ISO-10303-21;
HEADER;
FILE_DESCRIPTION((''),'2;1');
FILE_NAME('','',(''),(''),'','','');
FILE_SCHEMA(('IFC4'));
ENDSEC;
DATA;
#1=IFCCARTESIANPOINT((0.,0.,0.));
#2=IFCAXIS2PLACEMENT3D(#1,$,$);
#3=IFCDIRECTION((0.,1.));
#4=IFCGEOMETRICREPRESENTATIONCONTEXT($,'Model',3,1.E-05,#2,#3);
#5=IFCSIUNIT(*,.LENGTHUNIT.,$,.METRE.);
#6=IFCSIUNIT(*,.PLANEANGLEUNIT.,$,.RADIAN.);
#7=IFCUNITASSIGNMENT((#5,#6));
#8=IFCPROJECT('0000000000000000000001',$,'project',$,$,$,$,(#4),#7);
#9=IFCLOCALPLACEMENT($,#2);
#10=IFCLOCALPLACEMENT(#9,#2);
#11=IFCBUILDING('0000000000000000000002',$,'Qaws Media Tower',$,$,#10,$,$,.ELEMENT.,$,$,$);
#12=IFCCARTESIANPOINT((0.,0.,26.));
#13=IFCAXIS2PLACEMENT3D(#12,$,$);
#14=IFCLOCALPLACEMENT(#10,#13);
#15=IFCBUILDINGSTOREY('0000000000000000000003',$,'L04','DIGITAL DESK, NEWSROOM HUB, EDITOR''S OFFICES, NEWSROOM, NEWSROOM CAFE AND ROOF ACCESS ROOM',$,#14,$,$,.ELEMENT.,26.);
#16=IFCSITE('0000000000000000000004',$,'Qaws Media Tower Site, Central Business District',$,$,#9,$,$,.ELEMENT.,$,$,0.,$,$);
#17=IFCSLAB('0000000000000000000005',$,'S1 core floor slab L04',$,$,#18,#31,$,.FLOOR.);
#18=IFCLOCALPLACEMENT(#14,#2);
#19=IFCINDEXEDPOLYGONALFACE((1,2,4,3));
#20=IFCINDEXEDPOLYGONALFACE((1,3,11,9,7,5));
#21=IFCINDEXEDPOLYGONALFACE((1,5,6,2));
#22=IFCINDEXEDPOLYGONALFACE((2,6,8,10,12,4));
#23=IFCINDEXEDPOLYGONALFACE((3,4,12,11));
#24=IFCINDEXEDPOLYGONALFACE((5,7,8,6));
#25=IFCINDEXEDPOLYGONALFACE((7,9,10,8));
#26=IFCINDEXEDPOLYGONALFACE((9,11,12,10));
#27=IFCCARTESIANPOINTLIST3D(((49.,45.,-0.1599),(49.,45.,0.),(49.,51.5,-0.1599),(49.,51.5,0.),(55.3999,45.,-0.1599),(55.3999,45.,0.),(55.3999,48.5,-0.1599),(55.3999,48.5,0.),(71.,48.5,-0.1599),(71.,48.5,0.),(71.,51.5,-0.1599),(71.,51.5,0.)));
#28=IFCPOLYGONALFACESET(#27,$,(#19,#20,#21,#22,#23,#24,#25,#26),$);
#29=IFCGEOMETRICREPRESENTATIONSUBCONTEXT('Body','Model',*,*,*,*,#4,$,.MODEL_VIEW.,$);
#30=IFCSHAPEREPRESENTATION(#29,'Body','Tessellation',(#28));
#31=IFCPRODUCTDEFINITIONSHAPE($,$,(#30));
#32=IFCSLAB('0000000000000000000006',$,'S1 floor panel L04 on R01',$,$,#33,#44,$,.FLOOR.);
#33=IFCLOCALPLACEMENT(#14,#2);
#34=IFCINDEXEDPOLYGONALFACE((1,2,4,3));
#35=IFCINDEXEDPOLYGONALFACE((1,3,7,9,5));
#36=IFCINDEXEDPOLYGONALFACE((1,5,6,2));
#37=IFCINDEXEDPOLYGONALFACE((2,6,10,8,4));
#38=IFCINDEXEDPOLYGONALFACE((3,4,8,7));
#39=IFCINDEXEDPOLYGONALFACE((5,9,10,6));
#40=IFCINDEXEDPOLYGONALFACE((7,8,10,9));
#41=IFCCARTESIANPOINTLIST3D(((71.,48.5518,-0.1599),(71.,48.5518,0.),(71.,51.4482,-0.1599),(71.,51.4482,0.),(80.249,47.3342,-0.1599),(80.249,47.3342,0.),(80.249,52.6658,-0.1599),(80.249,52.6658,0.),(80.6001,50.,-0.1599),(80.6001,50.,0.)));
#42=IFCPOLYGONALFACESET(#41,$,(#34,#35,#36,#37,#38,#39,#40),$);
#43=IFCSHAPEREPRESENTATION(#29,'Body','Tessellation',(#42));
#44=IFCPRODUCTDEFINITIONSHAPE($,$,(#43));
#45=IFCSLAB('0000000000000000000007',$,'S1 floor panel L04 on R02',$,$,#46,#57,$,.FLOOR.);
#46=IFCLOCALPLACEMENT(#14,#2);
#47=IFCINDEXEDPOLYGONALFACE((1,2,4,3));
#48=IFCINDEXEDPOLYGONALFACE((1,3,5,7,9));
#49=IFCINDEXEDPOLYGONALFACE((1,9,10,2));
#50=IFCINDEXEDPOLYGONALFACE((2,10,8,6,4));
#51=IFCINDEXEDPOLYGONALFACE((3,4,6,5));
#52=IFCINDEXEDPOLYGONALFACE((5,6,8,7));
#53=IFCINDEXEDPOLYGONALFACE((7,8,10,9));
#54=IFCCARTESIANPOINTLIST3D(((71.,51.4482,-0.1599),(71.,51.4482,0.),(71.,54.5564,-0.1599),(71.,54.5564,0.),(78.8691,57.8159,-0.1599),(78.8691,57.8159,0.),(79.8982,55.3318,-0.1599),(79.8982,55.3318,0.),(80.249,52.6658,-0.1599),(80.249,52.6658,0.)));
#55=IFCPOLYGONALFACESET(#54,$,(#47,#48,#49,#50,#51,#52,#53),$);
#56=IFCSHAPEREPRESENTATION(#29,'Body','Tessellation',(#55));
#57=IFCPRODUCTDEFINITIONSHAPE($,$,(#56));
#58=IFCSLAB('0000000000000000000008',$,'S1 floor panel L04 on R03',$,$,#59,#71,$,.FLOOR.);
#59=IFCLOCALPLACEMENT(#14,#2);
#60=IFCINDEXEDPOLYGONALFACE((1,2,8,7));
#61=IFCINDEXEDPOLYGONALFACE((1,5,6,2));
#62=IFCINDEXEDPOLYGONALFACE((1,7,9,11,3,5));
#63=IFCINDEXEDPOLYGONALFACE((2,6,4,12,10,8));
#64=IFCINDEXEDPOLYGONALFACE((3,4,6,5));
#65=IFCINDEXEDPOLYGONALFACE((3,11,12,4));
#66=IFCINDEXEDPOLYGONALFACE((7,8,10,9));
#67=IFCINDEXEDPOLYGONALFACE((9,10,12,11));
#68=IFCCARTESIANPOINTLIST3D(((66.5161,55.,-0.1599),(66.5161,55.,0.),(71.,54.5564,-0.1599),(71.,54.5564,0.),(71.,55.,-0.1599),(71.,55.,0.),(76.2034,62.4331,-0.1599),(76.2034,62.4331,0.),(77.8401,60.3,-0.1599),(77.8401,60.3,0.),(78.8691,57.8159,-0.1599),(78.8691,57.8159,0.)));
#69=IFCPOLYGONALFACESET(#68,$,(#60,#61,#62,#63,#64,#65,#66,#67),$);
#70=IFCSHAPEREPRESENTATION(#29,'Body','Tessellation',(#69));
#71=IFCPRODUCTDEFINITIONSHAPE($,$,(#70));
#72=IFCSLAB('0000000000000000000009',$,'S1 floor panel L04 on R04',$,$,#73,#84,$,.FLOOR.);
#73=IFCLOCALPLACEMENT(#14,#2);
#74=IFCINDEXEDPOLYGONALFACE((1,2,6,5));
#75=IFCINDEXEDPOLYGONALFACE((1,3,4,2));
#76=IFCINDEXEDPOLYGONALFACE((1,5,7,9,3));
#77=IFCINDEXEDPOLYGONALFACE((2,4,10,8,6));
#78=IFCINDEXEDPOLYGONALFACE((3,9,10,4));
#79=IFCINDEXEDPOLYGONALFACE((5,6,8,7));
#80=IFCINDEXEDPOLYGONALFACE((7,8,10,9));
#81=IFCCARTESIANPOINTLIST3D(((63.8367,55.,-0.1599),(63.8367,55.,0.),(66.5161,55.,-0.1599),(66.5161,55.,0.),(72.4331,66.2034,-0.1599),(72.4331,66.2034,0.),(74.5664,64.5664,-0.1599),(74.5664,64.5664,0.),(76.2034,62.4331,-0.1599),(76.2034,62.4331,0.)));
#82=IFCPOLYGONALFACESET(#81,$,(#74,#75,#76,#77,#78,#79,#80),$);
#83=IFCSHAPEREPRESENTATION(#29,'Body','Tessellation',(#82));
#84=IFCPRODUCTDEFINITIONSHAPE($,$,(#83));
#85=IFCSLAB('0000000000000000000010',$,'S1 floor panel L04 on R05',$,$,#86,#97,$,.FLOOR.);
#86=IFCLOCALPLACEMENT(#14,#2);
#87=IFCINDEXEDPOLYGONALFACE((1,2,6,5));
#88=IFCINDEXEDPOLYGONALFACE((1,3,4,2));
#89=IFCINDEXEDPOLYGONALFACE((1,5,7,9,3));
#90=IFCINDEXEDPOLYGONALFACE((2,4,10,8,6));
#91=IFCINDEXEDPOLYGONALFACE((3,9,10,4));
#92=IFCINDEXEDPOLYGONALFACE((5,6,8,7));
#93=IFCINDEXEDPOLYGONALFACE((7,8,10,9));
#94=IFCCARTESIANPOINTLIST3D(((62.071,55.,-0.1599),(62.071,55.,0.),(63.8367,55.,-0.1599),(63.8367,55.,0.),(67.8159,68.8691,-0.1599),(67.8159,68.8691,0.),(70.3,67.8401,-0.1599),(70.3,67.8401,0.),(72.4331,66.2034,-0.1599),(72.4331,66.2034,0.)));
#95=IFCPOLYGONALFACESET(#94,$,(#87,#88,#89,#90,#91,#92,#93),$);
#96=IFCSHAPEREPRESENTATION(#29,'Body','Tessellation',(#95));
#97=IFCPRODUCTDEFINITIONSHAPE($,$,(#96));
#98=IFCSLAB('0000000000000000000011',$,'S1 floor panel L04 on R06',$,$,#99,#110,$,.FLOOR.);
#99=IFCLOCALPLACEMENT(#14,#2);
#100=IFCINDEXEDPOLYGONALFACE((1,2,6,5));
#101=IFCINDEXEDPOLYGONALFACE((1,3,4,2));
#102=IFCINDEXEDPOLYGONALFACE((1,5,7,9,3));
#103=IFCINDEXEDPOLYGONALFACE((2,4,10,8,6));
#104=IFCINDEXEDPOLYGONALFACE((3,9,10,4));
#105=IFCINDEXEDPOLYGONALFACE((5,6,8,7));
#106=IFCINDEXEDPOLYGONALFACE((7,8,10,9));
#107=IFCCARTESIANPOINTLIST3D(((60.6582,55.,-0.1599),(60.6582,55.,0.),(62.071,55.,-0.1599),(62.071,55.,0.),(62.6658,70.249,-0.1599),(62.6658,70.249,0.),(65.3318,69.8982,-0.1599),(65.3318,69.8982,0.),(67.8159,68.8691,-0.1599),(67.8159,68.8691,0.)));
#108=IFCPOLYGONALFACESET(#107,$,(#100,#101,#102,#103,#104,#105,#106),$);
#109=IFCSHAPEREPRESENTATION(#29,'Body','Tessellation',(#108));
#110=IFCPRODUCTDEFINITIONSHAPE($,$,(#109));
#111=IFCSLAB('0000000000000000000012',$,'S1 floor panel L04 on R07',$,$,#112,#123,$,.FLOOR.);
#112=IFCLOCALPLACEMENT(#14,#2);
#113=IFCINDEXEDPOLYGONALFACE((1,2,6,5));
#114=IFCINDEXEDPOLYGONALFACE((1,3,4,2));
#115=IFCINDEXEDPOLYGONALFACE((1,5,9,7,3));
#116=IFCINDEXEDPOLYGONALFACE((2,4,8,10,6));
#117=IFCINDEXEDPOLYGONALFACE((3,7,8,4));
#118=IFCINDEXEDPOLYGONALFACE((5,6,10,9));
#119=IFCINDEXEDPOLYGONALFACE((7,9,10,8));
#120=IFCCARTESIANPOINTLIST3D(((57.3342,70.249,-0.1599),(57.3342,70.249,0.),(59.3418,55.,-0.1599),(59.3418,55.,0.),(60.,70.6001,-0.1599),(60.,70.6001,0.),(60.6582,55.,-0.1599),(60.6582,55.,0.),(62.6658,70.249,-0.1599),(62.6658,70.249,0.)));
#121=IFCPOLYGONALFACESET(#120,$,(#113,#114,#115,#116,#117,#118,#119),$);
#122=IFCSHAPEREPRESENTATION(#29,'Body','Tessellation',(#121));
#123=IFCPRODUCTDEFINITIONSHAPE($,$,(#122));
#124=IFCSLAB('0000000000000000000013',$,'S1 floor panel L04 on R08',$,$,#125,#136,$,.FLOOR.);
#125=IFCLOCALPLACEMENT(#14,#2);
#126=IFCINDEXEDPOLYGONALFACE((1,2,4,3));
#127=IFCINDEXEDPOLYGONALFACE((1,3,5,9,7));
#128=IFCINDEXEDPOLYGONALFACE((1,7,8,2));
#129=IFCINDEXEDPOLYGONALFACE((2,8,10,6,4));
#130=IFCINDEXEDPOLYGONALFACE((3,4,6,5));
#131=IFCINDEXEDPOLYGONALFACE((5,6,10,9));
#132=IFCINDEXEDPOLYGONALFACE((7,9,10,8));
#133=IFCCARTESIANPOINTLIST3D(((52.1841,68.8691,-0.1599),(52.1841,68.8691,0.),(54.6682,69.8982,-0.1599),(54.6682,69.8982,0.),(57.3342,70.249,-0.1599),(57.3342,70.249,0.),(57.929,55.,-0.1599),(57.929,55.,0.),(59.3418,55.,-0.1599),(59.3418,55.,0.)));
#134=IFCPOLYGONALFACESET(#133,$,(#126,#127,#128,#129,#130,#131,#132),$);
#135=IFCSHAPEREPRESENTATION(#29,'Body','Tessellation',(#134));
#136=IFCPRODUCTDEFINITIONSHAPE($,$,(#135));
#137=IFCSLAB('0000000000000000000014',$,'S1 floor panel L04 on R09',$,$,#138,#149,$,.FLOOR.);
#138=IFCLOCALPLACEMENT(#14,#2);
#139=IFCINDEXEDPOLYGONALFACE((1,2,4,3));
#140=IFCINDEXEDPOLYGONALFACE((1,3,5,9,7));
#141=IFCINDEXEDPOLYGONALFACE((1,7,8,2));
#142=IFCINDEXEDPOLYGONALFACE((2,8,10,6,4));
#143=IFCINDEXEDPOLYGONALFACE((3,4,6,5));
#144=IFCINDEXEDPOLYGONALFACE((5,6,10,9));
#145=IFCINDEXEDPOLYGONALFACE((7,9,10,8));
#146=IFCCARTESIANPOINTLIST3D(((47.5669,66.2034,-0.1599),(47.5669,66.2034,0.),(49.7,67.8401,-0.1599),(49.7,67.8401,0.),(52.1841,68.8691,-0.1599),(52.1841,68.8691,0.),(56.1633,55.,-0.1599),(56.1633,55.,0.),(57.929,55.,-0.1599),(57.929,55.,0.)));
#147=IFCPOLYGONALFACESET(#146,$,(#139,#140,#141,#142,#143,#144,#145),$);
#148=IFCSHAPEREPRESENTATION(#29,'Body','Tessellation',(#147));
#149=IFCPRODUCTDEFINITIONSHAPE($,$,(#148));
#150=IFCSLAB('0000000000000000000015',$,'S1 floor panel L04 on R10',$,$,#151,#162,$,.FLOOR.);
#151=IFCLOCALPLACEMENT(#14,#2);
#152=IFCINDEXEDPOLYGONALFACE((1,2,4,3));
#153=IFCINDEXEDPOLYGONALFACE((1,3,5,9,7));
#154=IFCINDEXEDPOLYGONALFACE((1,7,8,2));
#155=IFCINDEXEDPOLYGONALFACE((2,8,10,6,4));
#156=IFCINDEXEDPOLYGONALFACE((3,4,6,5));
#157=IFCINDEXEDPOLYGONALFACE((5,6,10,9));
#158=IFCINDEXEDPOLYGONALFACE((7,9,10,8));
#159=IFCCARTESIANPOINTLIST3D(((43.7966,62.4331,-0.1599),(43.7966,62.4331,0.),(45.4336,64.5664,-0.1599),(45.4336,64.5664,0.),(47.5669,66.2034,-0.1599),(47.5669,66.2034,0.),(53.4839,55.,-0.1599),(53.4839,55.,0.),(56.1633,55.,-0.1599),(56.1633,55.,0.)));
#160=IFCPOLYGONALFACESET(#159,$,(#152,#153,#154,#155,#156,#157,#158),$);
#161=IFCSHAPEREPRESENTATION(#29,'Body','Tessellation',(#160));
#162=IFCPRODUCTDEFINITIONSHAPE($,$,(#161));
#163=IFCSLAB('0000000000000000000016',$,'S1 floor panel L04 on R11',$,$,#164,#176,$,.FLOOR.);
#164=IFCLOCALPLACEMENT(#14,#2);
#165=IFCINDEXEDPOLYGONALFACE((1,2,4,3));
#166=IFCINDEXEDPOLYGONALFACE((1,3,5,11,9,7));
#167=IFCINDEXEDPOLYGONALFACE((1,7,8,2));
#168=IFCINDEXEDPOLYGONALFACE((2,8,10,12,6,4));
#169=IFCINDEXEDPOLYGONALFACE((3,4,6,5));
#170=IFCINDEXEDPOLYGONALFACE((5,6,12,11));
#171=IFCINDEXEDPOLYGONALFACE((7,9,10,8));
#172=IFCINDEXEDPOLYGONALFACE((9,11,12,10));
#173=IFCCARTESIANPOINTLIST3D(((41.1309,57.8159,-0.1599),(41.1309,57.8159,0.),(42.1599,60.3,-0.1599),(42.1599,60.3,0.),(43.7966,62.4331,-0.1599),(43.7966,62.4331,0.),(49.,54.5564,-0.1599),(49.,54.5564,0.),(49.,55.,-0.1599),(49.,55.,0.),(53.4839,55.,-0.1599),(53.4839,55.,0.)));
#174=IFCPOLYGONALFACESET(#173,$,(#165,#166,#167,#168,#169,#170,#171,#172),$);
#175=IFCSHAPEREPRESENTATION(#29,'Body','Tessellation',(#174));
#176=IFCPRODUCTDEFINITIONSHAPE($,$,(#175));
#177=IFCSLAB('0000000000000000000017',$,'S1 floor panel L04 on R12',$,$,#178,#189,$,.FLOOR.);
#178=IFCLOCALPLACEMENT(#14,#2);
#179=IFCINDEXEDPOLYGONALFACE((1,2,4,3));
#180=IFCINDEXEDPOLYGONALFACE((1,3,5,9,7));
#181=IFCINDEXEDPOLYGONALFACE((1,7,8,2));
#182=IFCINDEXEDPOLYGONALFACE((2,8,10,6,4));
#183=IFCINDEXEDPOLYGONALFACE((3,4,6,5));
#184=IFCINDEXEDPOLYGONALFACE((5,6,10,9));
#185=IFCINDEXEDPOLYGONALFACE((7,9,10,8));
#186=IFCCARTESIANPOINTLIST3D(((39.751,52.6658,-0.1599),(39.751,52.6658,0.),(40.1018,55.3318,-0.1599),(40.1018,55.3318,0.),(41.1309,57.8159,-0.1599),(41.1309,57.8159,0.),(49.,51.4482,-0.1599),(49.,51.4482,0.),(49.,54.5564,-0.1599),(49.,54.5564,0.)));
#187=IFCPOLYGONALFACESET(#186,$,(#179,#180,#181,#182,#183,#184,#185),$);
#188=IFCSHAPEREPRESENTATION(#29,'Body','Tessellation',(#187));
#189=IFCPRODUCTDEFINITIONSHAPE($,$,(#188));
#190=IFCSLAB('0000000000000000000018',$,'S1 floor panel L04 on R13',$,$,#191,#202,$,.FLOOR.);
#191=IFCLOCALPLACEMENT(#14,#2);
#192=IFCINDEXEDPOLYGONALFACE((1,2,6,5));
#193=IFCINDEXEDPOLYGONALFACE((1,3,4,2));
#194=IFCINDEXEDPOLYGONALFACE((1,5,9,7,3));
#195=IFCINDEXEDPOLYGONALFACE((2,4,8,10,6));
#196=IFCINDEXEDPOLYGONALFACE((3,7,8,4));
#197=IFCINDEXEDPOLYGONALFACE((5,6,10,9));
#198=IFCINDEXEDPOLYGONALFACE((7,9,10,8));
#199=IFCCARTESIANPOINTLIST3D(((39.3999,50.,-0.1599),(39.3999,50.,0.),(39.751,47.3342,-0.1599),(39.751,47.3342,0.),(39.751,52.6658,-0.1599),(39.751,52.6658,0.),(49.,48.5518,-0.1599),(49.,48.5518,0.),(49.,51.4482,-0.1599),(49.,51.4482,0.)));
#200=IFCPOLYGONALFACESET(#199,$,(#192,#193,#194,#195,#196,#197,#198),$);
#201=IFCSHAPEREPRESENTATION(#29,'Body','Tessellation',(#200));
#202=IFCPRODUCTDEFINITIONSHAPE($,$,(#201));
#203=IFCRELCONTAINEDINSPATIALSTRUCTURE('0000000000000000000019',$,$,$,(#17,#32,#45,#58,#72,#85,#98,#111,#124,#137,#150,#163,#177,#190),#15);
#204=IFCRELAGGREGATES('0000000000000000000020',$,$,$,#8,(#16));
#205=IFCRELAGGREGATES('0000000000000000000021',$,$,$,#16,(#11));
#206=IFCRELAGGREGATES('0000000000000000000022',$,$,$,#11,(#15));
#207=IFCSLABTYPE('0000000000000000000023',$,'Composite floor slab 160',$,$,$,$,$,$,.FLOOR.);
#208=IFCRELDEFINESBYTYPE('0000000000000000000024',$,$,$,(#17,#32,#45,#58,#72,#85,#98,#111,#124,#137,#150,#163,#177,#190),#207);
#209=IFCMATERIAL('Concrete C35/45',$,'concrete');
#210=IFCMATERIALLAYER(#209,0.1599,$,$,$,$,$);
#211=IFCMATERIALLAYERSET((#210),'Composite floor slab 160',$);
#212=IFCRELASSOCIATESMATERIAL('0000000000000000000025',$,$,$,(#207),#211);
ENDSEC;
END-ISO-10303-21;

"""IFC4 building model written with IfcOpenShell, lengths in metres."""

from ifc_helpers import new_model, si_unit, direction, frame, origin, place, context, subcontext, project, spatial, polyline, outline, extrude, material, layer, layer_set, type_object, element, save


model = new_model("IFC4")

# Units and contexts
model_context = context("Model", 3, precision=1e-05, world=origin(), true_north=direction((0.0, 1.0)))
body_context = subcontext(model_context, "Body", "Model", "MODEL_VIEW")
ifc_project = project(units=[si_unit("LENGTHUNIT", "METRE"), si_unit("PLANEANGLEUNIT", "RADIAN")], contexts=[model_context])

# Site, building, storey
site_placement = place(None, origin())
site = spatial("IfcSite", under=ifc_project, at=site_placement, Name="Qaws Media Tower Site, Central Business District", CompositionType="ELEMENT", RefElevation=0.0)
building_placement = place(site_placement, origin())
building = spatial("IfcBuilding", under=site, at=building_placement, Name="Qaws Media Tower", CompositionType="ELEMENT")
storey_placement = place(building_placement, frame((0.0, 0.0, 26.0)))
storey = spatial("IfcBuildingStorey", under=building, at=storey_placement, Name="L04", Description="DIGITAL DESK, NEWSROOM HUB, EDITOR'S OFFICES, NEWSROOM, NEWSROOM CAFE AND ROOF ACCESS ROOM", CompositionType="ELEMENT", Elevation=26.0)

# Slabs
ifc_material_1 = material(Name="Concrete C35/45", Category="concrete")
ifc_layer_1 = layer(ifc_material_1, 0.1599)
ifc_layer_set_1 = layer_set([ifc_layer_1], Name="Composite floor slab 160")
slab_type_1 = type_object("IfcSlabType", Name="Composite floor slab 160", PredefinedType="FLOOR", material=ifc_layer_set_1)
slab_1_placement = place(storey_placement, frame((0.0, 0.0, -0.1599)))
element("IfcSlab", 1, at=slab_1_placement, inside=storey, type_object=slab_type_1, Name="S1 core floor slab L04", PredefinedType="FLOOR", context=body_context, shape_type="SweptSolid", body=[
    extrude(outline(polyline([(71.0, 51.5), (71.0, 48.5), (55.3999, 48.5), (55.3999, 45.0), (49.0, 45.0), (49.0, 51.5), (71.0, 51.5)])), origin(), (0.0, 0.0, 1.0), 0.1599),
])
slab_2_placement = place(storey_placement, frame((0.0, 0.0, -0.1599)))
element("IfcSlab", 2, at=slab_2_placement, inside=storey, type_object=slab_type_1, Name="S1 floor panel L04 on R01", PredefinedType="FLOOR", context=body_context, shape_type="SweptSolid", body=[
    extrude(outline(polyline([(80.6001, 50.0), (80.249, 47.3342), (71.0, 48.5518), (71.0, 51.4482), (80.249, 52.6658), (80.6001, 50.0)])), origin(), (0.0, 0.0, 1.0), 0.1599),
])
slab_3_placement = place(storey_placement, frame((0.0, 0.0, -0.1599)))
element("IfcSlab", 3, at=slab_3_placement, inside=storey, type_object=slab_type_1, Name="S1 floor panel L04 on R02", PredefinedType="FLOOR", context=body_context, shape_type="SweptSolid", body=[
    extrude(outline(polyline([(79.8982, 55.3318), (80.249, 52.6658), (71.0, 51.4482), (71.0, 54.5564), (78.8691, 57.8159), (79.8982, 55.3318)])), origin(), (0.0, 0.0, 1.0), 0.1599),
])
slab_4_placement = place(storey_placement, frame((0.0, 0.0, -0.1599)))
element("IfcSlab", 4, at=slab_4_placement, inside=storey, type_object=slab_type_1, Name="S1 floor panel L04 on R03", PredefinedType="FLOOR", context=body_context, shape_type="SweptSolid", body=[
    extrude(outline(polyline([(77.8401, 60.3), (78.8691, 57.8159), (71.0, 54.5564), (71.0, 55.0), (66.5161, 55.0), (76.2034, 62.4331), (77.8401, 60.3)])), origin(), (0.0, 0.0, 1.0), 0.1599),
])
slab_5_placement = place(storey_placement, frame((0.0, 0.0, -0.1599)))
element("IfcSlab", 5, at=slab_5_placement, inside=storey, type_object=slab_type_1, Name="S1 floor panel L04 on R04", PredefinedType="FLOOR", context=body_context, shape_type="SweptSolid", body=[
    extrude(outline(polyline([(74.5664, 64.5664), (76.2034, 62.4331), (66.5161, 55.0), (63.8367, 55.0), (72.4331, 66.2034), (74.5664, 64.5664)])), origin(), (0.0, 0.0, 1.0), 0.1599),
])
slab_6_placement = place(storey_placement, frame((0.0, 0.0, -0.1599)))
element("IfcSlab", 6, at=slab_6_placement, inside=storey, type_object=slab_type_1, Name="S1 floor panel L04 on R05", PredefinedType="FLOOR", context=body_context, shape_type="SweptSolid", body=[
    extrude(outline(polyline([(70.3, 67.8401), (72.4331, 66.2034), (63.8367, 55.0), (62.071, 55.0), (67.8159, 68.8691), (70.3, 67.8401)])), origin(), (0.0, 0.0, 1.0), 0.1599),
])
slab_7_placement = place(storey_placement, frame((0.0, 0.0, -0.1599)))
element("IfcSlab", 7, at=slab_7_placement, inside=storey, type_object=slab_type_1, Name="S1 floor panel L04 on R06", PredefinedType="FLOOR", context=body_context, shape_type="SweptSolid", body=[
    extrude(outline(polyline([(65.3318, 69.8982), (67.8159, 68.8691), (62.071, 55.0), (60.6582, 55.0), (62.6658, 70.249), (65.3318, 69.8982)])), origin(), (0.0, 0.0, 1.0), 0.1599),
])
slab_8_placement = place(storey_placement, frame((0.0, 0.0, -0.1599)))
element("IfcSlab", 8, at=slab_8_placement, inside=storey, type_object=slab_type_1, Name="S1 floor panel L04 on R07", PredefinedType="FLOOR", context=body_context, shape_type="SweptSolid", body=[
    extrude(outline(polyline([(60.0, 70.6001), (62.6658, 70.249), (60.6582, 55.0), (59.3418, 55.0), (57.3342, 70.249), (60.0, 70.6001)])), origin(), (0.0, 0.0, 1.0), 0.1599),
])
slab_9_placement = place(storey_placement, frame((0.0, 0.0, -0.1599)))
element("IfcSlab", 9, at=slab_9_placement, inside=storey, type_object=slab_type_1, Name="S1 floor panel L04 on R08", PredefinedType="FLOOR", context=body_context, shape_type="SweptSolid", body=[
    extrude(outline(polyline([(54.6682, 69.8982), (57.3342, 70.249), (59.3418, 55.0), (57.929, 55.0), (52.1841, 68.8691), (54.6682, 69.8982)])), origin(), (0.0, 0.0, 1.0), 0.1599),
])
slab_10_placement = place(storey_placement, frame((0.0, 0.0, -0.1599)))
element("IfcSlab", 10, at=slab_10_placement, inside=storey, type_object=slab_type_1, Name="S1 floor panel L04 on R09", PredefinedType="FLOOR", context=body_context, shape_type="SweptSolid", body=[
    extrude(outline(polyline([(49.7, 67.8401), (52.1841, 68.8691), (57.929, 55.0), (56.1633, 55.0), (47.5669, 66.2034), (49.7, 67.8401)])), origin(), (0.0, 0.0, 1.0), 0.1599),
])
slab_11_placement = place(storey_placement, frame((0.0, 0.0, -0.1599)))
element("IfcSlab", 11, at=slab_11_placement, inside=storey, type_object=slab_type_1, Name="S1 floor panel L04 on R10", PredefinedType="FLOOR", context=body_context, shape_type="SweptSolid", body=[
    extrude(outline(polyline([(45.4336, 64.5664), (47.5669, 66.2034), (56.1633, 55.0), (53.4839, 55.0), (43.7966, 62.4331), (45.4336, 64.5664)])), origin(), (0.0, 0.0, 1.0), 0.1599),
])
slab_12_placement = place(storey_placement, frame((0.0, 0.0, -0.1599)))
element("IfcSlab", 12, at=slab_12_placement, inside=storey, type_object=slab_type_1, Name="S1 floor panel L04 on R11", PredefinedType="FLOOR", context=body_context, shape_type="SweptSolid", body=[
    extrude(outline(polyline([(42.1599, 60.3), (43.7966, 62.4331), (53.4839, 55.0), (49.0, 55.0), (49.0, 54.5564), (41.1309, 57.8159), (42.1599, 60.3)])), origin(), (0.0, 0.0, 1.0), 0.1599),
])
slab_13_placement = place(storey_placement, frame((0.0, 0.0, -0.1599)))
element("IfcSlab", 13, at=slab_13_placement, inside=storey, type_object=slab_type_1, Name="S1 floor panel L04 on R12", PredefinedType="FLOOR", context=body_context, shape_type="SweptSolid", body=[
    extrude(outline(polyline([(40.1018, 55.3318), (41.1309, 57.8159), (49.0, 54.5564), (49.0, 51.4482), (39.751, 52.6658), (40.1018, 55.3318)])), origin(), (0.0, 0.0, 1.0), 0.1599),
])
slab_14_placement = place(storey_placement, frame((0.0, 0.0, -0.1599)))
element("IfcSlab", 14, at=slab_14_placement, inside=storey, type_object=slab_type_1, Name="S1 floor panel L04 on R13", PredefinedType="FLOOR", context=body_context, shape_type="SweptSolid", body=[
    extrude(outline(polyline([(39.3999, 50.0), (39.751, 52.6658), (49.0, 51.4482), (49.0, 48.5518), (39.751, 47.3342), (39.3999, 50.0)])), origin(), (0.0, 0.0, 1.0), 0.1599),
])

save(model, "model.ifc")
